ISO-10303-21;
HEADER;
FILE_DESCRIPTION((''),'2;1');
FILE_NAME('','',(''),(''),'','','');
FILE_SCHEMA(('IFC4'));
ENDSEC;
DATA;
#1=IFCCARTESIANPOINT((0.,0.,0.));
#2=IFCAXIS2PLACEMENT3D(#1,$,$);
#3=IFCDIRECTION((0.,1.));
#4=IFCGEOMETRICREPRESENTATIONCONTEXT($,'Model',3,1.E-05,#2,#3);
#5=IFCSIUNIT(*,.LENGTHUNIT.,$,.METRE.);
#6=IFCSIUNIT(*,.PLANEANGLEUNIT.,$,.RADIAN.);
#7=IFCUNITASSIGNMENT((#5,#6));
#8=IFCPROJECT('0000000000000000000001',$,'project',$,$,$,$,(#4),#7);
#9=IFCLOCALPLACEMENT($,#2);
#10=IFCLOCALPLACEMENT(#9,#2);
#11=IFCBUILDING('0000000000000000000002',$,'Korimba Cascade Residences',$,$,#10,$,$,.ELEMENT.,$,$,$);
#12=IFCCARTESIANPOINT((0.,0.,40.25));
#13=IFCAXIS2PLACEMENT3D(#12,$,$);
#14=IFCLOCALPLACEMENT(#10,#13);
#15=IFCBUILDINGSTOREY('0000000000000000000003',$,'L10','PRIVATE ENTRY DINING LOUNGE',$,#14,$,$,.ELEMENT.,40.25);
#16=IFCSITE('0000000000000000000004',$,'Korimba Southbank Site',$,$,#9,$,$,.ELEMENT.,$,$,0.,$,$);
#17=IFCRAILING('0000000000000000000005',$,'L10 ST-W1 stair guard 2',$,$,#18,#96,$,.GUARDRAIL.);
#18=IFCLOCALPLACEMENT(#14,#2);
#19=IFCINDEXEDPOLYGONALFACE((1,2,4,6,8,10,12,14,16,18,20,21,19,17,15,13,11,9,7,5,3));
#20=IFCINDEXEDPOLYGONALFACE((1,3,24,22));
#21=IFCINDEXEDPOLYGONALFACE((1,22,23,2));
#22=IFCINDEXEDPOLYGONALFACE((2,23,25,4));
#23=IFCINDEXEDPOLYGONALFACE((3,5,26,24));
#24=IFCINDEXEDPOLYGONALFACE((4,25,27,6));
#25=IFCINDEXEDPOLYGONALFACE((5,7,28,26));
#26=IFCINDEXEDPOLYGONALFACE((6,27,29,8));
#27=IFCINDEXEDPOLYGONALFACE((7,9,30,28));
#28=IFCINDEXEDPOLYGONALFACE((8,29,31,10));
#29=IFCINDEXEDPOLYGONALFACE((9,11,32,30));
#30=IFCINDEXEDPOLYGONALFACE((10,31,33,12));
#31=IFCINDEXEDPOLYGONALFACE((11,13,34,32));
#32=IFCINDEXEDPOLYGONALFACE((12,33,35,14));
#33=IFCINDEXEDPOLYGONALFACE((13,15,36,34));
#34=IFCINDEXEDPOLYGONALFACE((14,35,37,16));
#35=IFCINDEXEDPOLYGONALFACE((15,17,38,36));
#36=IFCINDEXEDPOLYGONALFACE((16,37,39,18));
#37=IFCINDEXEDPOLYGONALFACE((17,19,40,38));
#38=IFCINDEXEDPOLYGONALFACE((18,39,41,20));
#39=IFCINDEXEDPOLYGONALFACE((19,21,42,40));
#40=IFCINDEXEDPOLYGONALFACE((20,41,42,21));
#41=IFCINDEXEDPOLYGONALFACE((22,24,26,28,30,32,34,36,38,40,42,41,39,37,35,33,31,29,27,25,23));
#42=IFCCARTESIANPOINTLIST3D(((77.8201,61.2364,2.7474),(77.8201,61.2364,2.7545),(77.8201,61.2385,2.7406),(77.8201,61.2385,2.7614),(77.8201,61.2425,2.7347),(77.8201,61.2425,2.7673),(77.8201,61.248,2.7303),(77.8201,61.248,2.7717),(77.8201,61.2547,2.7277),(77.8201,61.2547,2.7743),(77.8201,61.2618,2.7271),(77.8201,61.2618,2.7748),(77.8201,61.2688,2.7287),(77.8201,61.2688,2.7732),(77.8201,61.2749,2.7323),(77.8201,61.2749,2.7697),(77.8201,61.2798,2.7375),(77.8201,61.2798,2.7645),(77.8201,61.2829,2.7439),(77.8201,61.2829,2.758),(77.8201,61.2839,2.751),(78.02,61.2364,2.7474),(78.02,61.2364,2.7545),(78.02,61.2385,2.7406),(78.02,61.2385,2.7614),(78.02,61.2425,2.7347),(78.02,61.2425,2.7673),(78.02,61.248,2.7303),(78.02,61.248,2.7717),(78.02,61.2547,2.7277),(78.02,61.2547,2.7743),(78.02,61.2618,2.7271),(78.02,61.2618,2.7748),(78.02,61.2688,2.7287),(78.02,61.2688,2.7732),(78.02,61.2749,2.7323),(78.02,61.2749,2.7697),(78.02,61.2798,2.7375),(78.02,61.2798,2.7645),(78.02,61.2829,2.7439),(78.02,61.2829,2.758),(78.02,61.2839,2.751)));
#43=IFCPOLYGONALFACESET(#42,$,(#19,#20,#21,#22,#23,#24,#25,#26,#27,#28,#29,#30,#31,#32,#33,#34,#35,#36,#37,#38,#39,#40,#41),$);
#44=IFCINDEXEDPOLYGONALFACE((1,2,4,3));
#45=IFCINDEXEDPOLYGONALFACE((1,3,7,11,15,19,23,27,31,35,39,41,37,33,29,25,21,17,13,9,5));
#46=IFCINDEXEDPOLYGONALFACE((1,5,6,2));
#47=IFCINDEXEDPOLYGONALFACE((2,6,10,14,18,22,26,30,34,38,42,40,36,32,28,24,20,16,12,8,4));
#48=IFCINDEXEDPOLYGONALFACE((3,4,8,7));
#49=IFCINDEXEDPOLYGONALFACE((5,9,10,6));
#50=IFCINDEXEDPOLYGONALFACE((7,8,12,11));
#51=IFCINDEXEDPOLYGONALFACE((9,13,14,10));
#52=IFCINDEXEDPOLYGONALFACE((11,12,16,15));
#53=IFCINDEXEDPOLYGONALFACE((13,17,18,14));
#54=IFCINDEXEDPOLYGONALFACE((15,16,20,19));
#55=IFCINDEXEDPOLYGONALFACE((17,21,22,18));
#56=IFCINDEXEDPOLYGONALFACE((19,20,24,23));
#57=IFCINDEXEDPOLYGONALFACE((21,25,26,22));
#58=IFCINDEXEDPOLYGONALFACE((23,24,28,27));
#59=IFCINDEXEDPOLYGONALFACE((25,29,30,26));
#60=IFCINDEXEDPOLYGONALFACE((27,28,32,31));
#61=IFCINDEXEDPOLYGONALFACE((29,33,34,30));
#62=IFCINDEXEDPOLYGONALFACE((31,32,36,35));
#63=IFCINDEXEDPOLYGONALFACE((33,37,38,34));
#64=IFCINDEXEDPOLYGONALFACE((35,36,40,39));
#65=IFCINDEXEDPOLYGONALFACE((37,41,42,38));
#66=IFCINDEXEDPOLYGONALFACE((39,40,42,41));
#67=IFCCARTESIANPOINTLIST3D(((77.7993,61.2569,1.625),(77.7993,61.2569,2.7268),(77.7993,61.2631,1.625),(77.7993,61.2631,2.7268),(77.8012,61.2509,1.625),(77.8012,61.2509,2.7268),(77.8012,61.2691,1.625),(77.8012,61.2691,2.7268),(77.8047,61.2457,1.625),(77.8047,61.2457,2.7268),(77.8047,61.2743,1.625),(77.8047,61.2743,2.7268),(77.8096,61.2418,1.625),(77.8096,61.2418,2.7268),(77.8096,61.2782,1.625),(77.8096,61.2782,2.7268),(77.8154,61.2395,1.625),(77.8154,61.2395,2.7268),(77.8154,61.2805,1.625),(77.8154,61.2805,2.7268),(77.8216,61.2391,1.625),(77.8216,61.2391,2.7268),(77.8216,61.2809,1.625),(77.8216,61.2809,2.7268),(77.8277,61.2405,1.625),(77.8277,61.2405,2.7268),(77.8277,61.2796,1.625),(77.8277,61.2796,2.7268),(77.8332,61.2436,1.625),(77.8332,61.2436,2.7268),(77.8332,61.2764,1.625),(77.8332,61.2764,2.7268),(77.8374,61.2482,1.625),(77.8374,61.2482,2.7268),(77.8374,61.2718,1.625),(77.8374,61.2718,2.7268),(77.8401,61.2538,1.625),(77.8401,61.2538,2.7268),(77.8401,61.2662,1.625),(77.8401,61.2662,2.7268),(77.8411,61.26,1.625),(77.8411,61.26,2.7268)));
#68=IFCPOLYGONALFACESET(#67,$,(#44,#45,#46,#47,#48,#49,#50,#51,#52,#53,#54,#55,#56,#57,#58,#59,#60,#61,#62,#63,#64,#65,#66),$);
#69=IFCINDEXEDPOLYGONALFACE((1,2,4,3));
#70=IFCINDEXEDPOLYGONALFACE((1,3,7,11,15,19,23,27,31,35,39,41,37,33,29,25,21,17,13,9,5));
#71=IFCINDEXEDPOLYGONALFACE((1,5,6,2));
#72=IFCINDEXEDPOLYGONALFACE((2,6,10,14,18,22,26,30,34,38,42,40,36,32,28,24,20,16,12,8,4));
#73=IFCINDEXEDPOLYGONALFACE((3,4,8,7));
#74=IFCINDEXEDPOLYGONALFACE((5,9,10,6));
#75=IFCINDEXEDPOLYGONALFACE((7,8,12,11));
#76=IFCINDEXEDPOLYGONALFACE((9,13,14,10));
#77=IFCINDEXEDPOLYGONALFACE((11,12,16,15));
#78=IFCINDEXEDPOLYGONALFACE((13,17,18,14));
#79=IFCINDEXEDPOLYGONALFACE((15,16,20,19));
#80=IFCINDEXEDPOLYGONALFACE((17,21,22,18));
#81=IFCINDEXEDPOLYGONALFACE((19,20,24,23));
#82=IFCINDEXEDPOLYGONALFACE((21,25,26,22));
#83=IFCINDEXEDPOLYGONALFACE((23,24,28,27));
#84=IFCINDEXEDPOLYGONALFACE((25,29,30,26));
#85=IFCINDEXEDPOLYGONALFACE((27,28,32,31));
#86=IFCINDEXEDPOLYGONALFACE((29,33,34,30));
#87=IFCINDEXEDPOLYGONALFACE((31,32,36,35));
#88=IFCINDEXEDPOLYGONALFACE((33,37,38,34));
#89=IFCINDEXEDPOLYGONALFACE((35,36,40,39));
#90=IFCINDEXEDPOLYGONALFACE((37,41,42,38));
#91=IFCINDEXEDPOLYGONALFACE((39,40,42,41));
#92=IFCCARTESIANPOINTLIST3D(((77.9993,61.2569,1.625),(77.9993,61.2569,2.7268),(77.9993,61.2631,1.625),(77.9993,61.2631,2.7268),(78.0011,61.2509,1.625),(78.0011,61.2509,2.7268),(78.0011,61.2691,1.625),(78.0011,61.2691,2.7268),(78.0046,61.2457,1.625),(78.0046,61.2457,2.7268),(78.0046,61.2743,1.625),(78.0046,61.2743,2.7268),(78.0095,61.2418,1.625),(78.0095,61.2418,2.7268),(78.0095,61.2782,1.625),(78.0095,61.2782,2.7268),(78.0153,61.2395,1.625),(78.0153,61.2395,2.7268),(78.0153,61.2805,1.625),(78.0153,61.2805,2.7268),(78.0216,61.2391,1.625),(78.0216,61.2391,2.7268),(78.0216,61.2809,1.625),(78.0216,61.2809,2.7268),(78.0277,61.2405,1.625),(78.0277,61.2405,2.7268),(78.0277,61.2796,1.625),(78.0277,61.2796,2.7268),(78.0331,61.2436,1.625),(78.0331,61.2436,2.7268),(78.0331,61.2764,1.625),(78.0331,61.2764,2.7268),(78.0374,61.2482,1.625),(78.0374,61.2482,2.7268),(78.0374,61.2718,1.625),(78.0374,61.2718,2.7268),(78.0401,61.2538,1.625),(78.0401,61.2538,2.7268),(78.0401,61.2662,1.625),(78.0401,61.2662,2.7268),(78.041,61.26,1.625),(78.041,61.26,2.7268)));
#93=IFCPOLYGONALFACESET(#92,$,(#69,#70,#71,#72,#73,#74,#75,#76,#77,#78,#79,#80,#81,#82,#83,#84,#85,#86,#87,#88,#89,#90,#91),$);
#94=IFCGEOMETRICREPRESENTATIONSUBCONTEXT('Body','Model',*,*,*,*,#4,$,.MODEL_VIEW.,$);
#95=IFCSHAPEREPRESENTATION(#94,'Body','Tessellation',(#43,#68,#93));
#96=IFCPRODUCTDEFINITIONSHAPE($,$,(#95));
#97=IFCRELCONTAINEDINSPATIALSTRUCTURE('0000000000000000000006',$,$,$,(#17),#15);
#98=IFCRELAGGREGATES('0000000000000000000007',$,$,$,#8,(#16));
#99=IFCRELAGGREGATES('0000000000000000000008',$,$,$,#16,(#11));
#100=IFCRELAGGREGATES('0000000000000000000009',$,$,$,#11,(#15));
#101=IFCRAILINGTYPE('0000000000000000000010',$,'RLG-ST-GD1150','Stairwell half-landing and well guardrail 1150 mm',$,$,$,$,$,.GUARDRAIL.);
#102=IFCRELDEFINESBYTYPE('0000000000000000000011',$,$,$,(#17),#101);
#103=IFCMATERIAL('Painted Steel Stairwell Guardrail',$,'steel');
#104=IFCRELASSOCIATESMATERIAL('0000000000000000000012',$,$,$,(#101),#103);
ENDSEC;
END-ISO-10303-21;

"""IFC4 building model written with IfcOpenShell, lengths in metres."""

from ifc_helpers import new_model, si_unit, direction, frame, origin, origin_2d, place, context, subcontext, project, spatial, circle, extrude, material, type_object, element, save


model = new_model("IFC4")

# Units and contexts
model_context = context("Model", 3, precision=1e-05, world=origin(), true_north=direction((0.0, 1.0)))
body_context = subcontext(model_context, "Body", "Model", "MODEL_VIEW")
ifc_project = project(units=[si_unit("LENGTHUNIT", "METRE"), si_unit("PLANEANGLEUNIT", "RADIAN")], contexts=[model_context])

# Site, building, storey
site_placement = place(None, origin())
site = spatial("IfcSite", under=ifc_project, at=site_placement, Name="Korimba Southbank Site", CompositionType="ELEMENT", RefElevation=0.0)
building_placement = place(site_placement, origin())
building = spatial("IfcBuilding", under=site, at=building_placement, Name="Korimba Cascade Residences", CompositionType="ELEMENT")
storey_placement = place(building_placement, frame((0.0, 0.0, 40.25)))
storey = spatial("IfcBuildingStorey", under=building, at=storey_placement, Name="L10", Description="PRIVATE ENTRY DINING LOUNGE", CompositionType="ELEMENT", Elevation=40.25)

# Railing
ifc_material_1 = material(Name="Painted Steel Stairwell Guardrail", Category="steel")
railing_type_1 = type_object("IfcRailingType", Name="RLG-ST-GD1150", Description="Stairwell half-landing and well guardrail 1150 mm", PredefinedType="GUARDRAIL", material=ifc_material_1)
railing_1_placement = place(storey_placement, frame((77.8201, 61.26, 1.625)))
element("IfcRailing", 1, at=railing_1_placement, inside=storey, type_object=railing_type_1, Name="L10 ST-W1 stair guard 2", PredefinedType="GUARDRAIL", context=body_context, shape_type="SweptSolid", body=[
    extrude(circle(Radius=0.0239, at=origin_2d()), frame((0.0, 0.0, 1.126), z_axis=(1.0, 0.0, 0.0), x_axis=(0.0, 1.0, 0.0)), (0.0, 0.0, 1.0), 0.2),
    extrude(circle(Radius=0.021, at=origin_2d()), origin(), (0.0, 0.0, 1.0), 1.1018),
    extrude(circle(Radius=0.021, at=origin_2d()), frame((0.2, 0.0, 0.0)), (0.0, 0.0, 1.0), 1.1018),
])

save(model, "model.ifc")
